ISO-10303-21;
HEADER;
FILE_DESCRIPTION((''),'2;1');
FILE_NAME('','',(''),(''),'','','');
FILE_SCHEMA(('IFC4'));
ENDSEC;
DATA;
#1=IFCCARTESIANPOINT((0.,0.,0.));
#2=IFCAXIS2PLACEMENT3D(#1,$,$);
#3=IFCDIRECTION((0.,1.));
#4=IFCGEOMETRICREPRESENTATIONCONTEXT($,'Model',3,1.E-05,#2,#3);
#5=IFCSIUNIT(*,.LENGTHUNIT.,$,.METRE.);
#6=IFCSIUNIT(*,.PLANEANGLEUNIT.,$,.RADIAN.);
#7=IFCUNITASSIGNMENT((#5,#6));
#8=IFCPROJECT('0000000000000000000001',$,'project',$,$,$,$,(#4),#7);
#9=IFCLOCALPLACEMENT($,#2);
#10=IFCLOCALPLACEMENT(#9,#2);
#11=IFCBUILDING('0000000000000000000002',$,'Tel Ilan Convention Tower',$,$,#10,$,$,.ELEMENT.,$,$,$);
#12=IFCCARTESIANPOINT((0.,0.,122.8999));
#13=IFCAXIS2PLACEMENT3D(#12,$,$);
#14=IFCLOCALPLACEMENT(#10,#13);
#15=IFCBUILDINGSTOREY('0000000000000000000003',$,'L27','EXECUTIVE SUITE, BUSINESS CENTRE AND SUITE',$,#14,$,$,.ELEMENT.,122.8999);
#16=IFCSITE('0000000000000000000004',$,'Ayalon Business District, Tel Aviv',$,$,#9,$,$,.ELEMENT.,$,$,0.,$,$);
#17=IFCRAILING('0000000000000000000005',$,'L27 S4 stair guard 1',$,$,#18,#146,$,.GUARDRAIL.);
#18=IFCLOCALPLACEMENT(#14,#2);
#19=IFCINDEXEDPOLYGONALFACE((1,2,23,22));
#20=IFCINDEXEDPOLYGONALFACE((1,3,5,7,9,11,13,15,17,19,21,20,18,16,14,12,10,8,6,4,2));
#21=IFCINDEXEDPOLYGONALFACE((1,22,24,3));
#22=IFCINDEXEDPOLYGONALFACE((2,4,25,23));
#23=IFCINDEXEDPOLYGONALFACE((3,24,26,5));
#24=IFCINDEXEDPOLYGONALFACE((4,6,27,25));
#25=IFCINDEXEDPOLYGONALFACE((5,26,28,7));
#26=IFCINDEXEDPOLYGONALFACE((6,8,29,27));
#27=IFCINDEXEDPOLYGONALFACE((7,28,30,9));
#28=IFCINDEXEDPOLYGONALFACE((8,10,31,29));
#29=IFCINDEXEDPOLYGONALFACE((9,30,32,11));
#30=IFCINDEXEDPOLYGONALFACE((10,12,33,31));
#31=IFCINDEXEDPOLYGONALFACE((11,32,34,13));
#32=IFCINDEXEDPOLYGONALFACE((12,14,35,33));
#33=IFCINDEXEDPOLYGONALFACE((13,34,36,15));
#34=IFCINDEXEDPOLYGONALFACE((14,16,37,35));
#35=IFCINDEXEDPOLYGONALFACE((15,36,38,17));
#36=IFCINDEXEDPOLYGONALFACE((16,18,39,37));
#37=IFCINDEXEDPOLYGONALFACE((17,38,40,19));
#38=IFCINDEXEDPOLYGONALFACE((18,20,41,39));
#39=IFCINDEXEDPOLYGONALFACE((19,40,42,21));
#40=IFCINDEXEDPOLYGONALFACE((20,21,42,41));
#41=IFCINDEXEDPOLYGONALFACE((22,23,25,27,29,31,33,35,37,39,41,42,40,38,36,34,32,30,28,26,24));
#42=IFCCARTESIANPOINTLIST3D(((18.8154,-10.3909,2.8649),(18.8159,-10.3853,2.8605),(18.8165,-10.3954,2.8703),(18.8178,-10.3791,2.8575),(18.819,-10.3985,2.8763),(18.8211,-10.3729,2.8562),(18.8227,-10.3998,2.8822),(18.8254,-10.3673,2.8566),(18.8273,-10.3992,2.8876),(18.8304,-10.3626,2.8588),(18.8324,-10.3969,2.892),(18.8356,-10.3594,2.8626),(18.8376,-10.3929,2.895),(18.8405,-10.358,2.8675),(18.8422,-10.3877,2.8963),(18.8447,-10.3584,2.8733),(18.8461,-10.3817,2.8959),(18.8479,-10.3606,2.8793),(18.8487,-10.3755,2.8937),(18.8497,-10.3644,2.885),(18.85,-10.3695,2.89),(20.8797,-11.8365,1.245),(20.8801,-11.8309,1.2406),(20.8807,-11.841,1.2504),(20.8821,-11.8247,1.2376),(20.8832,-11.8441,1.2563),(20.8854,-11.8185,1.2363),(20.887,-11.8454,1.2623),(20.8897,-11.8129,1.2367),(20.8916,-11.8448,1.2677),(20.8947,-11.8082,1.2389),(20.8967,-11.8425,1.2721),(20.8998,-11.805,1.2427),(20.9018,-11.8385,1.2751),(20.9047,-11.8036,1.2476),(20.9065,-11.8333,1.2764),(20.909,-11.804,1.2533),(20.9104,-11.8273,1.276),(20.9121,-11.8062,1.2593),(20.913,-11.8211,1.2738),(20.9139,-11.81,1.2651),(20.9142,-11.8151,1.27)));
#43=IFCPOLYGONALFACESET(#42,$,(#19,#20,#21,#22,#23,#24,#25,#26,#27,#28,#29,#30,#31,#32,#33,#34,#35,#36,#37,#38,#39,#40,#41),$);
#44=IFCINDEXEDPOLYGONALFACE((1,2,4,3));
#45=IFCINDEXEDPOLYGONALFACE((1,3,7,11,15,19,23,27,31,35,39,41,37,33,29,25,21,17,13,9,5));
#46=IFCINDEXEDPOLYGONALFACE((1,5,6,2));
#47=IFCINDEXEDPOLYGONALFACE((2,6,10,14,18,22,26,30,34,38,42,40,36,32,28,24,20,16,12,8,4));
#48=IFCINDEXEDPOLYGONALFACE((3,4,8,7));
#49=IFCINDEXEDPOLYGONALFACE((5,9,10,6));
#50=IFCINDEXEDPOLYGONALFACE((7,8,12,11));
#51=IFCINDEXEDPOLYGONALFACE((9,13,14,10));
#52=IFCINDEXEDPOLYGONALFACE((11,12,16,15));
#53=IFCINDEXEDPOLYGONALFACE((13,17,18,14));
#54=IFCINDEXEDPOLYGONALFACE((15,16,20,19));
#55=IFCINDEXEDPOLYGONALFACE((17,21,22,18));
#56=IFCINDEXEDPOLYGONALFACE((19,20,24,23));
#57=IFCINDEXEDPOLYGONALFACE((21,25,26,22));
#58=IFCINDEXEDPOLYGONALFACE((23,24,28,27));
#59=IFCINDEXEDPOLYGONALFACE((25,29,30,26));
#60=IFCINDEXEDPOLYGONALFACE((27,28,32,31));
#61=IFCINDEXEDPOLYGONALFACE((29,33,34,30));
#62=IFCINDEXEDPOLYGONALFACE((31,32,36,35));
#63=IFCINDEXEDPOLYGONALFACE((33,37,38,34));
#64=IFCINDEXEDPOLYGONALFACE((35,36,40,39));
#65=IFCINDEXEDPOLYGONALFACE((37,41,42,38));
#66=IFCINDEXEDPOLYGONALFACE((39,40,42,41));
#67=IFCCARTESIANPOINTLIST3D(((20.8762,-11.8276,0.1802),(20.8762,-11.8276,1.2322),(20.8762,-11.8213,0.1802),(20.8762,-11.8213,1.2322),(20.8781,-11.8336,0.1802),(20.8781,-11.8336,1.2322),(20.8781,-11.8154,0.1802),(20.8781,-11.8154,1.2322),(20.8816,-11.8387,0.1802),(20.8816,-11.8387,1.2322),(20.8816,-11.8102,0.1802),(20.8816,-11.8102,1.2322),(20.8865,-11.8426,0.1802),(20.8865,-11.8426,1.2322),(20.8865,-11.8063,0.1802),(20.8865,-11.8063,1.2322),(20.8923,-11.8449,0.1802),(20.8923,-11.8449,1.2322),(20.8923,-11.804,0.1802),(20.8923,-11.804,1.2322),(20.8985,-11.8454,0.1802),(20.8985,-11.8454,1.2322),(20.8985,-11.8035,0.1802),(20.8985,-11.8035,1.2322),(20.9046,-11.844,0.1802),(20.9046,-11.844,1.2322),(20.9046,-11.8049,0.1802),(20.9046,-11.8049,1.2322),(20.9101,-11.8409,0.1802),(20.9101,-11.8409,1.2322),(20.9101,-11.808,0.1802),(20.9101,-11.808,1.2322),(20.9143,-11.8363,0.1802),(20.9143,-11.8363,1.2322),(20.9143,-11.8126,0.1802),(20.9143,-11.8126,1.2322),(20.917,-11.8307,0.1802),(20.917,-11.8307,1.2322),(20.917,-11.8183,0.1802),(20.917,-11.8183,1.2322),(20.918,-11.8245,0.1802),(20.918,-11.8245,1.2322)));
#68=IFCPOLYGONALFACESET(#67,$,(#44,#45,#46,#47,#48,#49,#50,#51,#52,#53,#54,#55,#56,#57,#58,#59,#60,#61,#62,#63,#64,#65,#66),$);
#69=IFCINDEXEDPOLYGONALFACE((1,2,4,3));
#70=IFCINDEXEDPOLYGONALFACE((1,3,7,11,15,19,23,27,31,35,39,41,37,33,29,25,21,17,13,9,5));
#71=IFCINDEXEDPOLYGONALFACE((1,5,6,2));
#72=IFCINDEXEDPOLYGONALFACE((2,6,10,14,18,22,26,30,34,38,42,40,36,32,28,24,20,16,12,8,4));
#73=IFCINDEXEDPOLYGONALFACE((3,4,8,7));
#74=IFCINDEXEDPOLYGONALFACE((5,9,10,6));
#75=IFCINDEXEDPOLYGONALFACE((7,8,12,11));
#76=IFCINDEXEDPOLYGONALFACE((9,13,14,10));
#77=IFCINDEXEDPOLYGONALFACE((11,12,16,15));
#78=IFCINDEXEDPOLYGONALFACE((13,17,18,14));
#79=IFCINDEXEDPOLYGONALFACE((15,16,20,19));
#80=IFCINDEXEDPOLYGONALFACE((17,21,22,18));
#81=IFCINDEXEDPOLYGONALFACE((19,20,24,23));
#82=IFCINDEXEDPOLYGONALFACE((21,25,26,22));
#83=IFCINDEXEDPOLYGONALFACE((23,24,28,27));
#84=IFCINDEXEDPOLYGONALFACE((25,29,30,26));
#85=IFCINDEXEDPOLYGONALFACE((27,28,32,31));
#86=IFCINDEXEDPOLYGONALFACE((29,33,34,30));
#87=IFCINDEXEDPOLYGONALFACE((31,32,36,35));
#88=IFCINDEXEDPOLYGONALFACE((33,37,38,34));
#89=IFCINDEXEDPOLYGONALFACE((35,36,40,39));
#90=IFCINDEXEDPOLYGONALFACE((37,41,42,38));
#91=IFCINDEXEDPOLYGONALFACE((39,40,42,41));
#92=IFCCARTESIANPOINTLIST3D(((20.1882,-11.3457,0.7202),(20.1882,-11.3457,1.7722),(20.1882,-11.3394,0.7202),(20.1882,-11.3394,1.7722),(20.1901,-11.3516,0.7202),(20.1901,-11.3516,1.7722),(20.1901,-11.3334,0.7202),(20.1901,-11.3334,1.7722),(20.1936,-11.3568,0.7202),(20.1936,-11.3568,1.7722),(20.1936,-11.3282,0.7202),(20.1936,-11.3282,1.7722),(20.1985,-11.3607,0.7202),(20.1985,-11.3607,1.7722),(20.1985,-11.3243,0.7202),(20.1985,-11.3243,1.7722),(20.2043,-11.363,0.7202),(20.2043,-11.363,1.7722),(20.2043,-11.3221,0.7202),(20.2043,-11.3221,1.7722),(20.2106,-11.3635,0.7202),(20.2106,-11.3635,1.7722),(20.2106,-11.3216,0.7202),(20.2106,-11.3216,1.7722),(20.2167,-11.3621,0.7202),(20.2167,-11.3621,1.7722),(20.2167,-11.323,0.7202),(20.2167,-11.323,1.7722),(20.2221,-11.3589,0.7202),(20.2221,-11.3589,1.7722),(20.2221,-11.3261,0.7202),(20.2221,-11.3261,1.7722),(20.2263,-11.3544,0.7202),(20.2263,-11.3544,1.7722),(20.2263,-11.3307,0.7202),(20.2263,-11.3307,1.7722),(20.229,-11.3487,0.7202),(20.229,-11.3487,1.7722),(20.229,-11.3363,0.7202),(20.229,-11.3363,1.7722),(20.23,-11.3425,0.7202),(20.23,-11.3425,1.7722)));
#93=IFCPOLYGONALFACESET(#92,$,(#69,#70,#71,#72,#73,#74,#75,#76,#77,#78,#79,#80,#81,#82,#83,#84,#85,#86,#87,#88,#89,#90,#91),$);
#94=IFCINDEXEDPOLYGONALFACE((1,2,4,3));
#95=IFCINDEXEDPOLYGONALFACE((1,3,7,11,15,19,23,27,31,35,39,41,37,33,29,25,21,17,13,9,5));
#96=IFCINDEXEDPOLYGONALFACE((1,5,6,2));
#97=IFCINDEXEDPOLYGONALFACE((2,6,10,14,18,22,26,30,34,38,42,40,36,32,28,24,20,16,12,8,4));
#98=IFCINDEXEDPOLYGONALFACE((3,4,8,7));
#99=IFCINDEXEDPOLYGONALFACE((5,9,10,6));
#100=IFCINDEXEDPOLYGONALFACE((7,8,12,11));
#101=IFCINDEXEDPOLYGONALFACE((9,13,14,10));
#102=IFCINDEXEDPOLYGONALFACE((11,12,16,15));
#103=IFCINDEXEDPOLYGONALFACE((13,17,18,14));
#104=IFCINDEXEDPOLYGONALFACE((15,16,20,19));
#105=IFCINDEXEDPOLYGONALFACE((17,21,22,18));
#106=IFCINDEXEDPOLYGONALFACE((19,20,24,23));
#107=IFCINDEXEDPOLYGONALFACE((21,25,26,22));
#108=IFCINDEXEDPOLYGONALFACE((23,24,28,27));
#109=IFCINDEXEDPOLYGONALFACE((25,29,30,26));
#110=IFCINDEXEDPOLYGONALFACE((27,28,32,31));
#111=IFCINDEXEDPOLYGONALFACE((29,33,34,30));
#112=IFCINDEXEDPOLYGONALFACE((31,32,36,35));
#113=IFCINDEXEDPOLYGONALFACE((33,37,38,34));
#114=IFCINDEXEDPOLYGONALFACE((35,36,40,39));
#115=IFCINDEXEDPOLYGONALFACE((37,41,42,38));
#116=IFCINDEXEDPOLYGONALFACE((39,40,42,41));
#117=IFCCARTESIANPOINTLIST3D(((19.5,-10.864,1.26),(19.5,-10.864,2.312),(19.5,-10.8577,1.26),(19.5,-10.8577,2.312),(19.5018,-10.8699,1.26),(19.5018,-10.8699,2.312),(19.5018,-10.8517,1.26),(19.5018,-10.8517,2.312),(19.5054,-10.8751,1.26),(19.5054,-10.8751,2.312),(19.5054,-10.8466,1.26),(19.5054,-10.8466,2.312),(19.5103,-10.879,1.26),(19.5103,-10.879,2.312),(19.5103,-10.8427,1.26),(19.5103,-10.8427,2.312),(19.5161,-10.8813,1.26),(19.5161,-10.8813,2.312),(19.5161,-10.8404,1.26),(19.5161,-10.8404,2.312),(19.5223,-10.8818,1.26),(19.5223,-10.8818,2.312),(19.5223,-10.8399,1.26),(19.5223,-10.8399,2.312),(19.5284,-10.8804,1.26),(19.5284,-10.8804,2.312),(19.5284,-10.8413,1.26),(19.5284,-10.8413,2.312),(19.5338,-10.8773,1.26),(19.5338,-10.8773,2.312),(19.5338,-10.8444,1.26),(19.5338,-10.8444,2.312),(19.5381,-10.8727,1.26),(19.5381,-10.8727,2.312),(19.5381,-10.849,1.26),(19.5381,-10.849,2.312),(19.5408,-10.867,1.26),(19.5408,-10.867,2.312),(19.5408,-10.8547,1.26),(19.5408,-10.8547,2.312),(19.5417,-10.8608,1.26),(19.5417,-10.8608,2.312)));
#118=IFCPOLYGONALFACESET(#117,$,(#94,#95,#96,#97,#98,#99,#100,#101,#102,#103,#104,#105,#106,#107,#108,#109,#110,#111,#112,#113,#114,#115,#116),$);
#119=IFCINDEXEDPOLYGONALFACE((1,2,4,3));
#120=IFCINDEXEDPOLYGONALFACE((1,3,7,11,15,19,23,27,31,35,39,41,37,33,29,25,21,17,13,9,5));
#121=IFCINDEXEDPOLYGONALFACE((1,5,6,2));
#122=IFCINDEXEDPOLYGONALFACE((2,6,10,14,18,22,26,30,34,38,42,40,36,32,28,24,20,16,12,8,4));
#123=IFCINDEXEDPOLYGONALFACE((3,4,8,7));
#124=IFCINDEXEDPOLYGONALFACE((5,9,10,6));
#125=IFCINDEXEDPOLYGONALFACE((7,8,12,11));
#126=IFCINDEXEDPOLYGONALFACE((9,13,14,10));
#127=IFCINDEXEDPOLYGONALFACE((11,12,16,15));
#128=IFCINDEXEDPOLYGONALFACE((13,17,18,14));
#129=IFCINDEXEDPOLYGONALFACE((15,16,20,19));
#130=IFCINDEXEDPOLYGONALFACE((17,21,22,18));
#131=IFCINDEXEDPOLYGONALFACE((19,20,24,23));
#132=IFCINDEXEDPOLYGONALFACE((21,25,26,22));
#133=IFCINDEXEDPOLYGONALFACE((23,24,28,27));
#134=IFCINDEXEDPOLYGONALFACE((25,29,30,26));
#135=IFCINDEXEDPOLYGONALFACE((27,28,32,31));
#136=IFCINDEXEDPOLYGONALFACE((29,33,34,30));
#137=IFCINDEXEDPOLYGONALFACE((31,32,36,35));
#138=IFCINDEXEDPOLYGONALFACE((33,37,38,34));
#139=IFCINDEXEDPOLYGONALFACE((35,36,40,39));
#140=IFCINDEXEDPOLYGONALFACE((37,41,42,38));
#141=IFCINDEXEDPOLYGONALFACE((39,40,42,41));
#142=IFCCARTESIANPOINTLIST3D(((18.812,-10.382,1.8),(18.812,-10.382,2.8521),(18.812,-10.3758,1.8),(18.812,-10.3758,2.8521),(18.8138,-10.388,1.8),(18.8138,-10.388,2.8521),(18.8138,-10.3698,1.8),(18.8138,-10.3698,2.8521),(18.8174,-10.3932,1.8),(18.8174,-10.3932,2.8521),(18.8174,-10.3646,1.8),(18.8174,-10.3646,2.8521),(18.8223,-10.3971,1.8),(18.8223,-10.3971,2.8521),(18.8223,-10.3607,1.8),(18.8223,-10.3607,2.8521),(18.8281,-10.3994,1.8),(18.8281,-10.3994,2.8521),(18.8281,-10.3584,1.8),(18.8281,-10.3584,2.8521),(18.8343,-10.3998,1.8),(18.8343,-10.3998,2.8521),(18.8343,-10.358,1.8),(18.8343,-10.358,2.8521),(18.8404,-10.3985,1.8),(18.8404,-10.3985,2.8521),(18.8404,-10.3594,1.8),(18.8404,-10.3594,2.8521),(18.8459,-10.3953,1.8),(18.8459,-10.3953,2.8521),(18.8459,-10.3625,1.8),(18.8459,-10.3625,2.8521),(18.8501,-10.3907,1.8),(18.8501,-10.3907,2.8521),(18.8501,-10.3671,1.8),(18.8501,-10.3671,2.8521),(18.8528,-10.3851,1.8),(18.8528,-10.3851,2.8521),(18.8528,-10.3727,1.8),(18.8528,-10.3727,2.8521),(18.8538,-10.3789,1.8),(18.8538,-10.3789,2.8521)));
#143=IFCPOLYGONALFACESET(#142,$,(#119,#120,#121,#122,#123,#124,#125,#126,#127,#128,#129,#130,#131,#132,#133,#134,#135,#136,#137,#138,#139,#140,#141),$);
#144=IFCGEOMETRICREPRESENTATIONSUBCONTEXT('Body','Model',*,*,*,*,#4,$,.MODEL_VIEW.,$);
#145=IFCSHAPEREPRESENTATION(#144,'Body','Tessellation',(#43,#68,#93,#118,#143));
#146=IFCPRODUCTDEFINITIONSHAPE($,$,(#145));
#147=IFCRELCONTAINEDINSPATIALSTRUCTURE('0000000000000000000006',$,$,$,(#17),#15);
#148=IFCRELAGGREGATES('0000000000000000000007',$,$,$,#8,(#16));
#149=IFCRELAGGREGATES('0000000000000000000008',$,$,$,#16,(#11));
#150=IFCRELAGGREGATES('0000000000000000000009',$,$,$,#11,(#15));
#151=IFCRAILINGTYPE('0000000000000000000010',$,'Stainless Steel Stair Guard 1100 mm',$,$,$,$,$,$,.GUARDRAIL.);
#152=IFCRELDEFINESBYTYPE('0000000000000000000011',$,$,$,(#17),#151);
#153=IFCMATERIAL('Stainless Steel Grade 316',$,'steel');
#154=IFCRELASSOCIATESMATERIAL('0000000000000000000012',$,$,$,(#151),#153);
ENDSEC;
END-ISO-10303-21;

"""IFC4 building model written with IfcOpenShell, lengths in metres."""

from ifc_helpers import new_model, si_unit, direction, frame, origin, origin_2d, place, context, subcontext, project, spatial, circle, extrude, material, type_object, element, save


model = new_model("IFC4")

# Units and contexts
model_context = context("Model", 3, precision=1e-05, world=origin(), true_north=direction((0.0, 1.0)))
body_context = subcontext(model_context, "Body", "Model", "MODEL_VIEW")
ifc_project = project(units=[si_unit("LENGTHUNIT", "METRE"), si_unit("PLANEANGLEUNIT", "RADIAN")], contexts=[model_context])

# Site, building, storey
site_placement = place(None, origin())
site = spatial("IfcSite", under=ifc_project, at=site_placement, Name="Ayalon Business District, Tel Aviv", CompositionType="ELEMENT", RefElevation=0.0)
building_placement = place(site_placement, origin())
building = spatial("IfcBuilding", under=site, at=building_placement, Name="Tel Ilan Convention Tower", CompositionType="ELEMENT")
storey_placement = place(building_placement, frame((0.0, 0.0, 122.8999)))
storey = spatial("IfcBuildingStorey", under=building, at=storey_placement, Name="L27", Description="EXECUTIVE SUITE, BUSINESS CENTRE AND SUITE", CompositionType="ELEMENT", Elevation=122.8999)

# Railing
ifc_material_1 = material(Name="Stainless Steel Grade 316", Category="steel")
railing_type_1 = type_object("IfcRailingType", Name="Stainless Steel Stair Guard 1100 mm", PredefinedType="GUARDRAIL", material=ifc_material_1)
railing_1_placement = place(storey_placement, frame((20.897, -11.8245, 0.1802)))
element("IfcRailing", 1, at=railing_1_placement, inside=storey, type_object=railing_type_1, Name="L27 S4 stair guard 1", PredefinedType="GUARDRAIL", context=body_context, shape_type="SweptSolid", body=[
    extrude(circle(Radius=0.0239, at=origin_2d()), frame((0.0, 0.0, 1.0762), z_axis=(-0.689043, 0.482534, 0.540722), x_axis=(-0.573625, -0.819118, 0.0)), (0.0, 0.0, 1.0), 2.9958),
    extrude(circle(Radius=0.021, at=origin_2d()), origin(), (0.0, 0.0, 1.0), 1.052),
    extrude(circle(Radius=0.021, at=origin_2d()), frame((-0.688, 0.4819, 0.54)), (0.0, 0.0, 1.0), 1.052),
    extrude(circle(Radius=0.021, at=origin_2d()), frame((-1.3762, 0.9636, 1.0798)), (0.0, 0.0, 1.0), 1.052),
    extrude(circle(Radius=0.021, at=origin_2d()), frame((-2.0642, 1.4456, 1.6199)), (0.0, 0.0, 1.0), 1.052),
])

save(model, "model.ifc")
